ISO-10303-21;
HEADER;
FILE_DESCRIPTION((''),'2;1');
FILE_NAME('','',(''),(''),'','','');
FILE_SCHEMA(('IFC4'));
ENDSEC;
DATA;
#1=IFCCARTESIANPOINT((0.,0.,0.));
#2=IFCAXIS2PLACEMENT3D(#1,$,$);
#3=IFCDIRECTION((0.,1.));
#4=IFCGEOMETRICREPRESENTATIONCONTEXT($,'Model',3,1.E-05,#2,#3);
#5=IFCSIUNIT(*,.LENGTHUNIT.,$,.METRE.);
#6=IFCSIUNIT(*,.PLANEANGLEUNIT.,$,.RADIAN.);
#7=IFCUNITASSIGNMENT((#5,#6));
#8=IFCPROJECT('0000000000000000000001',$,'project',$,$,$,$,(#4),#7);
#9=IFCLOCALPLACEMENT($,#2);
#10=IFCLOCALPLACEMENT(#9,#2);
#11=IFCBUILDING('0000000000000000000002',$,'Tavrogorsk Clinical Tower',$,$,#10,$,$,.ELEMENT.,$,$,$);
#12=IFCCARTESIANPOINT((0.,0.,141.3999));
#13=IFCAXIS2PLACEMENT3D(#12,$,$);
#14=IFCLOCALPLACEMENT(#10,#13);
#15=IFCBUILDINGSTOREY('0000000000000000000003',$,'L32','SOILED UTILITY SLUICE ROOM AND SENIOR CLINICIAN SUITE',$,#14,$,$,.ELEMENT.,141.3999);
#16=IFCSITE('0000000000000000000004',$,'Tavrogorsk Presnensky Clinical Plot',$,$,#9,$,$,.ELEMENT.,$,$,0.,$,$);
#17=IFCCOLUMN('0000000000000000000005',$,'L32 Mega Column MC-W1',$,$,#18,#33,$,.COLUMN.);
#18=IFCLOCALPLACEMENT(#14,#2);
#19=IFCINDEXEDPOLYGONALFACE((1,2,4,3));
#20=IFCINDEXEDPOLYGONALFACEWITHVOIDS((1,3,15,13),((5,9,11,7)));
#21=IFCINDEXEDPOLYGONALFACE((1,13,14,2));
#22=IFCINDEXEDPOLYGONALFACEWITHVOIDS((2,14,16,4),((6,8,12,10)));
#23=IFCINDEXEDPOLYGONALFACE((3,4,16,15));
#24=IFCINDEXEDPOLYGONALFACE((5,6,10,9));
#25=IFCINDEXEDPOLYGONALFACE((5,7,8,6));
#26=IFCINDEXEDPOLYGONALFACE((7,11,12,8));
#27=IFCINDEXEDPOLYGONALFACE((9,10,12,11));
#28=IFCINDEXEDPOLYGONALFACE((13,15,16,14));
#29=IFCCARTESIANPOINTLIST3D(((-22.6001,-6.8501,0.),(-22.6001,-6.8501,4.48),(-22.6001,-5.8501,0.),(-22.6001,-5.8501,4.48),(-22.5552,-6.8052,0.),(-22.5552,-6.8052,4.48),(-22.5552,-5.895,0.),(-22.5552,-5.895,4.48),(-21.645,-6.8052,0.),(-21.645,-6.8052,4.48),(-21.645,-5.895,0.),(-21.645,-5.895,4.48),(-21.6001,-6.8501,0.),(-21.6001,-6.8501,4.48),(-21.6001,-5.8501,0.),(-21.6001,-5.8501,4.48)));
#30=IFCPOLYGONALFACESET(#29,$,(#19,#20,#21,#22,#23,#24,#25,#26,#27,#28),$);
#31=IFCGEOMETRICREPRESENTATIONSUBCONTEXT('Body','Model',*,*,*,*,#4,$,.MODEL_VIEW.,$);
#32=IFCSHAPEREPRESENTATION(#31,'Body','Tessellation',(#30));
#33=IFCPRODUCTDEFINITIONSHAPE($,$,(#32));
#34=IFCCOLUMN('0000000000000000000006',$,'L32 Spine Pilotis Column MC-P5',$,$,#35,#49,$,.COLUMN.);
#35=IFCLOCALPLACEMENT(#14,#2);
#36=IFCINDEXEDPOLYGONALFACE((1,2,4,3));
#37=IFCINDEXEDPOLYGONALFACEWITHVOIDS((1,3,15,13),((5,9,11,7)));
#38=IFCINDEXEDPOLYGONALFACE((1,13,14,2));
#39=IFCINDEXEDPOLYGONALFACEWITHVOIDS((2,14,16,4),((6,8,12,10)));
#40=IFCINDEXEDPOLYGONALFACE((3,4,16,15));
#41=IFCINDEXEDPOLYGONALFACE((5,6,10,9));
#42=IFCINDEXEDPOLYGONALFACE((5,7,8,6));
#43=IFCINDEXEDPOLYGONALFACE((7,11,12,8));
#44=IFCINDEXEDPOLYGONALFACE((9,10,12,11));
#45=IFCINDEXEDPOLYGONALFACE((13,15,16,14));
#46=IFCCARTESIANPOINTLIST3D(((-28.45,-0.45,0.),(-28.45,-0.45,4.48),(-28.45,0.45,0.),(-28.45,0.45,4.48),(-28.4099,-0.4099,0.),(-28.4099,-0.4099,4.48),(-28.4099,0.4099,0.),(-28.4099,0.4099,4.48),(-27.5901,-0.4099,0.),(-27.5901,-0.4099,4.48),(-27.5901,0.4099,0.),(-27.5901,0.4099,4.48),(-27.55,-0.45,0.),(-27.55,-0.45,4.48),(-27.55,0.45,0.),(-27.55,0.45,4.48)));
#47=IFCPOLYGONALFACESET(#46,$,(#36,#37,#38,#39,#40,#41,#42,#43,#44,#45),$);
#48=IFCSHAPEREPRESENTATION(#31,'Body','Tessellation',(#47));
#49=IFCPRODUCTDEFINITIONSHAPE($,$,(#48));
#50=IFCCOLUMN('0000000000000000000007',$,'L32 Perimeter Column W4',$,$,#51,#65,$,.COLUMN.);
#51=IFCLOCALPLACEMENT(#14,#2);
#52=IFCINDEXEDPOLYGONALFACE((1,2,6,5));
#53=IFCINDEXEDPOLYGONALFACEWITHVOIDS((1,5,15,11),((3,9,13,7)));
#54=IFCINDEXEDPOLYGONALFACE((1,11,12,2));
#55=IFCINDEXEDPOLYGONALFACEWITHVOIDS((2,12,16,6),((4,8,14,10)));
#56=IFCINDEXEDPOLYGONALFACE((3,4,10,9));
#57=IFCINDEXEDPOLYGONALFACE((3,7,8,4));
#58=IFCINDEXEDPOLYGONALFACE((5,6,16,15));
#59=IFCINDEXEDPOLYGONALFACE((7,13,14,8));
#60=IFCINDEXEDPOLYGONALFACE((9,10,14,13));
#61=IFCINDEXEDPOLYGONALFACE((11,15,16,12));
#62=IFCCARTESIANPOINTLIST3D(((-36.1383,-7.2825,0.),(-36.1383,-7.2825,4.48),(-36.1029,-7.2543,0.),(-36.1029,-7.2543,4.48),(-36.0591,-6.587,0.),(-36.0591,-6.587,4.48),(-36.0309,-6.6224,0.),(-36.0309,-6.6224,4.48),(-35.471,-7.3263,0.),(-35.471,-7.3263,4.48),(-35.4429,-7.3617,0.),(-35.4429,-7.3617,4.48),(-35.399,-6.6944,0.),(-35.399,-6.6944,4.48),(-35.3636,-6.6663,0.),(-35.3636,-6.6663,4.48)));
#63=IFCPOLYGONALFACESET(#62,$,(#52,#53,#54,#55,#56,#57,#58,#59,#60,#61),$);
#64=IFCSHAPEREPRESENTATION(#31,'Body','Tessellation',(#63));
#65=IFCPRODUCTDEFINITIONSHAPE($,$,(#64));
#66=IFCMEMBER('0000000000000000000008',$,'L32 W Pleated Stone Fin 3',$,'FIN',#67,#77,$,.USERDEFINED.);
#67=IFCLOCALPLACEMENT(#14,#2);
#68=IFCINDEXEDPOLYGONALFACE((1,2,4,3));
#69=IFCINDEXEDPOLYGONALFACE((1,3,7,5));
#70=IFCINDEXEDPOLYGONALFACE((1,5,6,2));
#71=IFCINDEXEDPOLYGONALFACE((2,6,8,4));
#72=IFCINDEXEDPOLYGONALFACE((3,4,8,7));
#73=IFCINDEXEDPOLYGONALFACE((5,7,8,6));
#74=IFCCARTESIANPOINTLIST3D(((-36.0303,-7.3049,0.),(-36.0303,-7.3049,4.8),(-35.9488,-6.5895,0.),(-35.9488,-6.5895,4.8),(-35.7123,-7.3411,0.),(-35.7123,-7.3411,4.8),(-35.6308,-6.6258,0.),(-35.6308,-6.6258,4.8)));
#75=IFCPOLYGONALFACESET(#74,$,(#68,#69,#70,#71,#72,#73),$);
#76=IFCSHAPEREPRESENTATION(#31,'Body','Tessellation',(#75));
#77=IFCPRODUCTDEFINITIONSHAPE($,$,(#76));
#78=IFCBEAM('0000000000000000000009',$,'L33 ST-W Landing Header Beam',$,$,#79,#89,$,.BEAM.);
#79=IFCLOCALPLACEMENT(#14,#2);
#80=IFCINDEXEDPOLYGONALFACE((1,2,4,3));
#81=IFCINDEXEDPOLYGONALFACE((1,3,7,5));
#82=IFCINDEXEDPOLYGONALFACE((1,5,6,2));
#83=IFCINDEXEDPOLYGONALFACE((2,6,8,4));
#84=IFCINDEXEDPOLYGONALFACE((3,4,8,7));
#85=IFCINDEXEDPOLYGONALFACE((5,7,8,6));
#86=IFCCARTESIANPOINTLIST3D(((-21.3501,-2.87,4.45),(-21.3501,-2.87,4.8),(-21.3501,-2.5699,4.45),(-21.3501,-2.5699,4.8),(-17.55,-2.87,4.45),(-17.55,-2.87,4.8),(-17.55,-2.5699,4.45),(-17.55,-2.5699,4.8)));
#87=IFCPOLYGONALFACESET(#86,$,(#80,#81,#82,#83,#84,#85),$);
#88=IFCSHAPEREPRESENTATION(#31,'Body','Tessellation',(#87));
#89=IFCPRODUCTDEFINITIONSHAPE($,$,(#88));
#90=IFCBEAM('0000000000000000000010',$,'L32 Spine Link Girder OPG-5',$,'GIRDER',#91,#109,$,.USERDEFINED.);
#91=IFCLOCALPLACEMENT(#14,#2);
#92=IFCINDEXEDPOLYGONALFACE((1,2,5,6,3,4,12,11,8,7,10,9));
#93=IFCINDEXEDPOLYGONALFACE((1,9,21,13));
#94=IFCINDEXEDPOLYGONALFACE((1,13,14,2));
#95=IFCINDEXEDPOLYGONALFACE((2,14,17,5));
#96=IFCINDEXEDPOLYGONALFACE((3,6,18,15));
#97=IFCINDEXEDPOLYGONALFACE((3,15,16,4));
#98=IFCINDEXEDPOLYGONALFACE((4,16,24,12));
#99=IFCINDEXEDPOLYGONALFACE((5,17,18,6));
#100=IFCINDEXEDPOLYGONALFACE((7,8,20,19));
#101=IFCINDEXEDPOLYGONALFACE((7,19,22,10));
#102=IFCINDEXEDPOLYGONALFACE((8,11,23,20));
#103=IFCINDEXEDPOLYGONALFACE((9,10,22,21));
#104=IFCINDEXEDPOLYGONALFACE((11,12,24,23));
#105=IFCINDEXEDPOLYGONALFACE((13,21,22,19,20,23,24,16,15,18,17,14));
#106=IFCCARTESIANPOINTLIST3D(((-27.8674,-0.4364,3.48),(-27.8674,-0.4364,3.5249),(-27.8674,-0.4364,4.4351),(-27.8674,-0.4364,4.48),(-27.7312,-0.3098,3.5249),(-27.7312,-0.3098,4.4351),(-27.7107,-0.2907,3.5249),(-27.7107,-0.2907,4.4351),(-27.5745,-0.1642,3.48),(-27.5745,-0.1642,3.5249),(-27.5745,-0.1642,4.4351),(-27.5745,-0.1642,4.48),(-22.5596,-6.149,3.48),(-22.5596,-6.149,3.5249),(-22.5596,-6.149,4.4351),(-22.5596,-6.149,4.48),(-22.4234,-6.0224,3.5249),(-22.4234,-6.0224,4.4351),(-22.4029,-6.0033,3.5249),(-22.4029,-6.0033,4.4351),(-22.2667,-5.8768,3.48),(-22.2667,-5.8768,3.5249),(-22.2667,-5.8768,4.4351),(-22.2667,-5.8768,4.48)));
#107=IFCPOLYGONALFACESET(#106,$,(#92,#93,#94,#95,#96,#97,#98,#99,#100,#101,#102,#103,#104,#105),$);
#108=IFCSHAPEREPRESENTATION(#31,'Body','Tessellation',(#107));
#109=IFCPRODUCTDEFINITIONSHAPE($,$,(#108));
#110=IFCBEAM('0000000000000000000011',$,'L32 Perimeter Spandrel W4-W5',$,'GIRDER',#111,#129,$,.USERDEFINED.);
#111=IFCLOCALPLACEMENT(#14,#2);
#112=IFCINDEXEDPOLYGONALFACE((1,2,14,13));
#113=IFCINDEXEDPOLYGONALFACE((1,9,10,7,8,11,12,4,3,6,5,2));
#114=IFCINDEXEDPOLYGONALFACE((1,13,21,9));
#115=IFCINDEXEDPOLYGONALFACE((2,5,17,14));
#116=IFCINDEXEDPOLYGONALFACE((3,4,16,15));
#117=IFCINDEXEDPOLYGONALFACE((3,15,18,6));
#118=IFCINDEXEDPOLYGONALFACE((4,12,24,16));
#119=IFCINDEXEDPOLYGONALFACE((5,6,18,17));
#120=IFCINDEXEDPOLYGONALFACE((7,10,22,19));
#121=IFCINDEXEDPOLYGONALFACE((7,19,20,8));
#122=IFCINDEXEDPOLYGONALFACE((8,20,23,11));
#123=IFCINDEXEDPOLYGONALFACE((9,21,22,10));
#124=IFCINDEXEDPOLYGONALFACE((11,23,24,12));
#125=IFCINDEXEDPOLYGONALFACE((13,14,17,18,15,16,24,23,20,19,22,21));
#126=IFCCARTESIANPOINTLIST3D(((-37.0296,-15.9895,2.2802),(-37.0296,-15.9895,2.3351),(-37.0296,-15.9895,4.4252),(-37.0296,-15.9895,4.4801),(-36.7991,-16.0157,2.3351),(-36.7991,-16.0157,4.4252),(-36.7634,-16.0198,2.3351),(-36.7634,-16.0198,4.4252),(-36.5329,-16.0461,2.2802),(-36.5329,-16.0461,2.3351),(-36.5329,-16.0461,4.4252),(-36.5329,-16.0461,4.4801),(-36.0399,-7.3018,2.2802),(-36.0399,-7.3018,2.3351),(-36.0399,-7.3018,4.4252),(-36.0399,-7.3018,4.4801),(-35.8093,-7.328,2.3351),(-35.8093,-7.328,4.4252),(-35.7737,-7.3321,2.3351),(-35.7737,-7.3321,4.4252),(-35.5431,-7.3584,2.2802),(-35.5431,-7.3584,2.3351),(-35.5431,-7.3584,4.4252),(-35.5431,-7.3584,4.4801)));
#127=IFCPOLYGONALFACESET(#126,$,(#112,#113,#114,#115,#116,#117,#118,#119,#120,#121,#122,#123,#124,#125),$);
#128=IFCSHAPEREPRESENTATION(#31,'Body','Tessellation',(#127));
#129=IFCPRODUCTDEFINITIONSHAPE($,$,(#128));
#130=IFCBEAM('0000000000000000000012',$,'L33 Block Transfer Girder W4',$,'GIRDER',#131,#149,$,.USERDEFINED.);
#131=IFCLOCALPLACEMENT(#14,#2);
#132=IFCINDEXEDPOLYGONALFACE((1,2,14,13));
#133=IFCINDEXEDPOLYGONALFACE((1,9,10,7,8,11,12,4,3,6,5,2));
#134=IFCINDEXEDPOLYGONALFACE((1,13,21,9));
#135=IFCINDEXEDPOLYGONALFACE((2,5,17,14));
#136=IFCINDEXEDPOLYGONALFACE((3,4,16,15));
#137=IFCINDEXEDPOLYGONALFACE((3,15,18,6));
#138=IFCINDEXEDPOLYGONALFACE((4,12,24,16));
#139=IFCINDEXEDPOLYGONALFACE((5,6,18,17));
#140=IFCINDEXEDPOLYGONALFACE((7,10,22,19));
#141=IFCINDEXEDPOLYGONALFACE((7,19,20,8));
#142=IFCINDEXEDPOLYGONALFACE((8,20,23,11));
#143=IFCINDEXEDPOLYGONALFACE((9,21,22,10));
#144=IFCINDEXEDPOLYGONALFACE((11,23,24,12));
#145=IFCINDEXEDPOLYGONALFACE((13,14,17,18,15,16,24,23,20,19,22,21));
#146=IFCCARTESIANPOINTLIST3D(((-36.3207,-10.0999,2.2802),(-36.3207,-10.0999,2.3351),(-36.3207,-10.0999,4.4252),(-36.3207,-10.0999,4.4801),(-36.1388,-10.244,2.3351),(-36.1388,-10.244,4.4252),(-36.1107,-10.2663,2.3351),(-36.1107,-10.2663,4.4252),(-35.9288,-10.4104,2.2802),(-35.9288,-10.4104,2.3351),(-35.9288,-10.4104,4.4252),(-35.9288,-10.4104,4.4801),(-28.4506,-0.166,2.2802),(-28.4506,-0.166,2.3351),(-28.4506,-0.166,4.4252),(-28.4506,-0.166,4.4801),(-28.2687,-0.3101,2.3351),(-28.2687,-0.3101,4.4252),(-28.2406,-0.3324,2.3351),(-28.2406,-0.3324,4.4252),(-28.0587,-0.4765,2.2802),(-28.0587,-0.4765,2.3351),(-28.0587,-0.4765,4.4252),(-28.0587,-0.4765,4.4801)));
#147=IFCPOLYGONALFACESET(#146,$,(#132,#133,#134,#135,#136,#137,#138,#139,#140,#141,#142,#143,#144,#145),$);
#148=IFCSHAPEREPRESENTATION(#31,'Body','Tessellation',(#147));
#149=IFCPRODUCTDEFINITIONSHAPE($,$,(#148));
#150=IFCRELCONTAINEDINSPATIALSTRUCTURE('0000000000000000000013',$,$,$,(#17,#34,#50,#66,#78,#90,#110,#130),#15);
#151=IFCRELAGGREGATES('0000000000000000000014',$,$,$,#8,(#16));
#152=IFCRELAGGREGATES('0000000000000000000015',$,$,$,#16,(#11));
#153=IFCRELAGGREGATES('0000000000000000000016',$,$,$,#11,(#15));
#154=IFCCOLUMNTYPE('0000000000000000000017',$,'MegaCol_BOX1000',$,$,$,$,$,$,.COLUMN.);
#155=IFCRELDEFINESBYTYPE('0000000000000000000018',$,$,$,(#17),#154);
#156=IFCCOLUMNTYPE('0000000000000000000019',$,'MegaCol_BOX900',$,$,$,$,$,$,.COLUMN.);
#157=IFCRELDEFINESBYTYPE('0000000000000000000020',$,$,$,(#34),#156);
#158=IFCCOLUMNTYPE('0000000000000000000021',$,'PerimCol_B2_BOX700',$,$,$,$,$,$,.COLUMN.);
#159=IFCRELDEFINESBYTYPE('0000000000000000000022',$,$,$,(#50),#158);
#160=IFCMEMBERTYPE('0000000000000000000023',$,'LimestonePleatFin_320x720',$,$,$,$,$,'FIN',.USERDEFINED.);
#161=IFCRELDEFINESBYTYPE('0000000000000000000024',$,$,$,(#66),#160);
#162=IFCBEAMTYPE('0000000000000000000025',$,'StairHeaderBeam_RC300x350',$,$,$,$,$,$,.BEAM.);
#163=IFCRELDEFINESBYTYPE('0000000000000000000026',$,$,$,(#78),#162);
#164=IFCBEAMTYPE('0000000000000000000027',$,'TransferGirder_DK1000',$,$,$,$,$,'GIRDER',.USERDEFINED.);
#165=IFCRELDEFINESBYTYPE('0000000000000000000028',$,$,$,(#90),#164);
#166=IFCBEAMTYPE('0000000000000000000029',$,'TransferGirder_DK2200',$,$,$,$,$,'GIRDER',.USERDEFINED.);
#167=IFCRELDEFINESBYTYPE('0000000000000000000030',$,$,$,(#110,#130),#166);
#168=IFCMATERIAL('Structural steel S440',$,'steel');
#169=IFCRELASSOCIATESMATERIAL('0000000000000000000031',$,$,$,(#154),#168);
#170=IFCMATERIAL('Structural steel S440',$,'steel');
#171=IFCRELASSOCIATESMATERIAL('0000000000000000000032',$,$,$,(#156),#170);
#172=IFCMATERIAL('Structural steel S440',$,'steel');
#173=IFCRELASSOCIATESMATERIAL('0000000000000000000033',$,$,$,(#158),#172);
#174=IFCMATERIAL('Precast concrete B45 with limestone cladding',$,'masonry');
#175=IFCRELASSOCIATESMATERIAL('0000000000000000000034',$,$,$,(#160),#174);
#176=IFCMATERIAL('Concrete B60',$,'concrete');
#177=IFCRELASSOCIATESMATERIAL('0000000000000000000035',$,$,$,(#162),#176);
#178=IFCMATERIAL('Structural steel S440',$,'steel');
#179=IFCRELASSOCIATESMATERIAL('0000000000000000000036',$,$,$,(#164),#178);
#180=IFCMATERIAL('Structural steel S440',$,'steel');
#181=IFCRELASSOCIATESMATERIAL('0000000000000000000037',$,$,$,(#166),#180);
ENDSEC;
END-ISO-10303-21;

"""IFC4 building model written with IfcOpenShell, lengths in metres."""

from ifc_helpers import new_model, si_unit, direction, frame, origin, origin_2d, place, context, subcontext, project, spatial, rectangle, hollow_rectangle, i_section, extrude, material, material_profile, profile_set, type_object, element, save


model = new_model("IFC4")

# Units and contexts
model_context = context("Model", 3, precision=1e-05, world=origin(), true_north=direction((0.0, 1.0)))
body_context = subcontext(model_context, "Body", "Model", "MODEL_VIEW")
ifc_project = project(units=[si_unit("LENGTHUNIT", "METRE"), si_unit("PLANEANGLEUNIT", "RADIAN")], contexts=[model_context])

# Site, building, storey
site_placement = place(None, origin())
site = spatial("IfcSite", under=ifc_project, at=site_placement, Name="Tavrogorsk Presnensky Clinical Plot", CompositionType="ELEMENT", RefElevation=0.0)
building_placement = place(site_placement, origin())
building = spatial("IfcBuilding", under=site, at=building_placement, Name="Tavrogorsk Clinical Tower", CompositionType="ELEMENT")
storey_placement = place(building_placement, frame((0.0, 0.0, 141.3999)))
storey = spatial("IfcBuildingStorey", under=building, at=storey_placement, Name="L32", Description="SOILED UTILITY SLUICE ROOM AND SENIOR CLINICIAN SUITE", CompositionType="ELEMENT", Elevation=141.3999)

# Columns
ifc_material_1 = material(Name="Structural steel S440", Category="steel")
ifc_material_profile_1 = material_profile(ifc_material_1, hollow_rectangle(XDim=1.0, YDim=1.0, WallThickness=0.0449, at=origin_2d()), Name="BOX-1000x1000x45")
ifc_profile_set_1 = profile_set([ifc_material_profile_1], Name="Structural steel S440")
column_type_1 = type_object("IfcColumnType", Name="MegaCol_BOX1000", PredefinedType="COLUMN", material=ifc_profile_set_1)
column_1_placement = place(storey_placement, frame((-22.1001, -6.3501, 0.0), z_axis=(0.0, 0.0, 1.0), x_axis=(1.0, 0.0, 0.0)))
element("IfcColumn", 1, at=column_1_placement, inside=storey, type_object=column_type_1, Name="L32 Mega Column MC-W1", PredefinedType="COLUMN", context=body_context, shape_type="SweptSolid", body=[
    extrude(hollow_rectangle(XDim=1.0, YDim=1.0, WallThickness=0.0449, at=origin_2d()), origin(), (0.0, 0.0, 1.0), 4.48),
])
ifc_material_2 = material(Name="Structural steel S440", Category="steel")
ifc_material_profile_2 = material_profile(ifc_material_2, hollow_rectangle(XDim=0.8999, YDim=0.8999, WallThickness=0.04, at=origin_2d()), Name="BOX-900x900x40")
ifc_profile_set_2 = profile_set([ifc_material_profile_2], Name="Structural steel S440")
column_type_2 = type_object("IfcColumnType", Name="MegaCol_BOX900", PredefinedType="COLUMN", material=ifc_profile_set_2)
column_2_placement = place(storey_placement, frame((-28.0, 0.0, 0.0), z_axis=(0.0, 0.0, 1.0), x_axis=(1.0, 0.0, 0.0)))
element("IfcColumn", 2, at=column_2_placement, inside=storey, type_object=column_type_2, Name="L32 Spine Pilotis Column MC-P5", PredefinedType="COLUMN", context=body_context, shape_type="SweptSolid", body=[
    extrude(hollow_rectangle(XDim=0.8999, YDim=0.8999, WallThickness=0.04, at=origin_2d()), origin(), (0.0, 0.0, 1.0), 4.48),
])
ifc_material_3 = material(Name="Structural steel S440", Category="steel")
ifc_material_profile_3 = material_profile(ifc_material_3, hollow_rectangle(XDim=0.7, YDim=0.7, WallThickness=0.032, at=origin_2d()), Name="BOX-700x700x32")
ifc_profile_set_3 = profile_set([ifc_material_profile_3], Name="Structural steel S440")
column_type_3 = type_object("IfcColumnType", Name="PerimCol_B2_BOX700", PredefinedType="COLUMN", material=ifc_profile_set_3)
column_3_placement = place(storey_placement, frame((-35.751, -6.9744, 0.0), z_axis=(0.0, 0.0, 1.0), x_axis=(0.993572, -0.113203, 0.0)))
element("IfcColumn", 3, at=column_3_placement, inside=storey, type_object=column_type_3, Name="L32 Perimeter Column W4", PredefinedType="COLUMN", context=body_context, shape_type="SweptSolid", body=[
    extrude(hollow_rectangle(XDim=0.7, YDim=0.7, WallThickness=0.032, at=origin_2d()), origin(), (0.0, 0.0, 1.0), 4.48),
])

# Member
ifc_material_4 = material(Name="Precast concrete B45 with limestone cladding", Category="masonry")
ifc_material_profile_4 = material_profile(ifc_material_4, rectangle(XDim=0.3201, YDim=0.72, at=origin_2d()), Name="LIMESTONE-FIN-320x720")
ifc_profile_set_4 = profile_set([ifc_material_profile_4], Name="Precast concrete B45 with limestone cladding")
member_type = type_object("IfcMemberType", Name="LimestonePleatFin_320x720", ElementType="FIN", PredefinedType="USERDEFINED", material=ifc_profile_set_4)
member_placement = place(storey_placement, frame((-35.8306, -6.9653, 0.0), z_axis=(0.0, 0.0, 1.0), x_axis=(0.993572, -0.113203, 0.0)))
element("IfcMember", 4, at=member_placement, inside=storey, type_object=member_type, Name="L32 W Pleated Stone Fin 3", ObjectType="FIN", PredefinedType="USERDEFINED", context=body_context, shape_type="SweptSolid", body=[
    extrude(rectangle(XDim=0.3201, YDim=0.72, at=origin_2d()), origin(), (0.0, 0.0, 1.0), 4.8),
])

# Beams
ifc_material_5 = material(Name="Concrete B60", Category="concrete")
ifc_material_profile_5 = material_profile(ifc_material_5, rectangle(XDim=0.3, YDim=0.3501, at=origin_2d()), Name="RC-SHB-300x350")
ifc_profile_set_5 = profile_set([ifc_material_profile_5], Name="Concrete B60")
beam_type_1 = type_object("IfcBeamType", Name="StairHeaderBeam_RC300x350", PredefinedType="BEAM", material=ifc_profile_set_5)
beam_1_placement = place(storey_placement, frame((-21.3501, -2.72, 4.625), z_axis=(1.0, 0.0, 0.0), x_axis=(0.0, 1.0, 0.0)))
element("IfcBeam", 5, at=beam_1_placement, inside=storey, type_object=beam_type_1, Name="L33 ST-W Landing Header Beam", PredefinedType="BEAM", context=body_context, shape_type="SweptSolid", body=[
    extrude(rectangle(XDim=0.3, YDim=0.3501, at=origin_2d()), origin(), (0.0, 0.0, 1.0), 3.8),
])
ifc_material_6 = material(Name="Structural steel S440", Category="steel")
ifc_material_profile_6 = material_profile(ifc_material_6, i_section(OverallWidth=0.3999, OverallDepth=1.0, WebThickness=0.0281, FlangeThickness=0.0449, at=origin_2d()), Name="DK-1000x400x28x45")
ifc_profile_set_6 = profile_set([ifc_material_profile_6], Name="Structural steel S440")
beam_type_2 = type_object("IfcBeamType", Name="TransferGirder_DK1000", ElementType="GIRDER", PredefinedType="USERDEFINED", material=ifc_profile_set_6)
beam_2_placement = place(storey_placement, frame((-27.7209, -0.3003, 3.98), z_axis=(0.680676, -0.732585, 0.0), x_axis=(0.732585, 0.680676, 0.0)))
element("IfcBeam", 6, at=beam_2_placement, inside=storey, type_object=beam_type_2, Name="L32 Spine Link Girder OPG-5", ObjectType="GIRDER", PredefinedType="USERDEFINED", context=body_context, shape_type="SweptSolid", body=[
    extrude(i_section(OverallWidth=0.3999, OverallDepth=1.0, WebThickness=0.0281, FlangeThickness=0.0449, at=origin_2d()), origin(), (0.0, 0.0, 1.0), 7.7979),
])
ifc_material_7 = material(Name="Structural steel S440", Category="steel")
ifc_material_profile_7 = material_profile(ifc_material_7, i_section(OverallWidth=0.5, OverallDepth=2.2, WebThickness=0.0359, FlangeThickness=0.0549, at=origin_2d()), Name="DK-2200x500x36x55")
ifc_profile_set_7 = profile_set([ifc_material_profile_7], Name="Structural steel S440")
beam_type_3 = type_object("IfcBeamType", Name="TransferGirder_DK2200", ElementType="GIRDER", PredefinedType="USERDEFINED", material=ifc_profile_set_7)
beam_3_placement = place(storey_placement, frame((-35.7915, -7.3301, 3.3801), z_axis=(-0.113192, -0.993573, 0.0), x_axis=(0.993573, -0.113192, 0.0)))
element("IfcBeam", 7, at=beam_3_placement, inside=storey, type_object=beam_type_3, Name="L32 Perimeter Spandrel W4-W5", ObjectType="GIRDER", PredefinedType="USERDEFINED", context=body_context, shape_type="SweptSolid", body=[
    extrude(i_section(OverallWidth=0.5, OverallDepth=2.2, WebThickness=0.0359, FlangeThickness=0.0549, at=origin_2d()), origin(), (0.0, 0.0, 1.0), 8.7439),
])
beam_4_placement = place(storey_placement, frame((-28.2546, -0.3213, 3.3801), z_axis=(-0.620986, -0.783822, 0.0), x_axis=(0.783822, -0.620986, 0.0)))
element("IfcBeam", 8, at=beam_4_placement, inside=storey, type_object=beam_type_3, Name="L33 Block Transfer Girder W4", ObjectType="GIRDER", PredefinedType="USERDEFINED", context=body_context, shape_type="SweptSolid", body=[
    extrude(i_section(OverallWidth=0.5, OverallDepth=2.2, WebThickness=0.0359, FlangeThickness=0.0549, at=origin_2d()), origin(), (0.0, 0.0, 1.0), 12.6736),
])

save(model, "model.ifc")
